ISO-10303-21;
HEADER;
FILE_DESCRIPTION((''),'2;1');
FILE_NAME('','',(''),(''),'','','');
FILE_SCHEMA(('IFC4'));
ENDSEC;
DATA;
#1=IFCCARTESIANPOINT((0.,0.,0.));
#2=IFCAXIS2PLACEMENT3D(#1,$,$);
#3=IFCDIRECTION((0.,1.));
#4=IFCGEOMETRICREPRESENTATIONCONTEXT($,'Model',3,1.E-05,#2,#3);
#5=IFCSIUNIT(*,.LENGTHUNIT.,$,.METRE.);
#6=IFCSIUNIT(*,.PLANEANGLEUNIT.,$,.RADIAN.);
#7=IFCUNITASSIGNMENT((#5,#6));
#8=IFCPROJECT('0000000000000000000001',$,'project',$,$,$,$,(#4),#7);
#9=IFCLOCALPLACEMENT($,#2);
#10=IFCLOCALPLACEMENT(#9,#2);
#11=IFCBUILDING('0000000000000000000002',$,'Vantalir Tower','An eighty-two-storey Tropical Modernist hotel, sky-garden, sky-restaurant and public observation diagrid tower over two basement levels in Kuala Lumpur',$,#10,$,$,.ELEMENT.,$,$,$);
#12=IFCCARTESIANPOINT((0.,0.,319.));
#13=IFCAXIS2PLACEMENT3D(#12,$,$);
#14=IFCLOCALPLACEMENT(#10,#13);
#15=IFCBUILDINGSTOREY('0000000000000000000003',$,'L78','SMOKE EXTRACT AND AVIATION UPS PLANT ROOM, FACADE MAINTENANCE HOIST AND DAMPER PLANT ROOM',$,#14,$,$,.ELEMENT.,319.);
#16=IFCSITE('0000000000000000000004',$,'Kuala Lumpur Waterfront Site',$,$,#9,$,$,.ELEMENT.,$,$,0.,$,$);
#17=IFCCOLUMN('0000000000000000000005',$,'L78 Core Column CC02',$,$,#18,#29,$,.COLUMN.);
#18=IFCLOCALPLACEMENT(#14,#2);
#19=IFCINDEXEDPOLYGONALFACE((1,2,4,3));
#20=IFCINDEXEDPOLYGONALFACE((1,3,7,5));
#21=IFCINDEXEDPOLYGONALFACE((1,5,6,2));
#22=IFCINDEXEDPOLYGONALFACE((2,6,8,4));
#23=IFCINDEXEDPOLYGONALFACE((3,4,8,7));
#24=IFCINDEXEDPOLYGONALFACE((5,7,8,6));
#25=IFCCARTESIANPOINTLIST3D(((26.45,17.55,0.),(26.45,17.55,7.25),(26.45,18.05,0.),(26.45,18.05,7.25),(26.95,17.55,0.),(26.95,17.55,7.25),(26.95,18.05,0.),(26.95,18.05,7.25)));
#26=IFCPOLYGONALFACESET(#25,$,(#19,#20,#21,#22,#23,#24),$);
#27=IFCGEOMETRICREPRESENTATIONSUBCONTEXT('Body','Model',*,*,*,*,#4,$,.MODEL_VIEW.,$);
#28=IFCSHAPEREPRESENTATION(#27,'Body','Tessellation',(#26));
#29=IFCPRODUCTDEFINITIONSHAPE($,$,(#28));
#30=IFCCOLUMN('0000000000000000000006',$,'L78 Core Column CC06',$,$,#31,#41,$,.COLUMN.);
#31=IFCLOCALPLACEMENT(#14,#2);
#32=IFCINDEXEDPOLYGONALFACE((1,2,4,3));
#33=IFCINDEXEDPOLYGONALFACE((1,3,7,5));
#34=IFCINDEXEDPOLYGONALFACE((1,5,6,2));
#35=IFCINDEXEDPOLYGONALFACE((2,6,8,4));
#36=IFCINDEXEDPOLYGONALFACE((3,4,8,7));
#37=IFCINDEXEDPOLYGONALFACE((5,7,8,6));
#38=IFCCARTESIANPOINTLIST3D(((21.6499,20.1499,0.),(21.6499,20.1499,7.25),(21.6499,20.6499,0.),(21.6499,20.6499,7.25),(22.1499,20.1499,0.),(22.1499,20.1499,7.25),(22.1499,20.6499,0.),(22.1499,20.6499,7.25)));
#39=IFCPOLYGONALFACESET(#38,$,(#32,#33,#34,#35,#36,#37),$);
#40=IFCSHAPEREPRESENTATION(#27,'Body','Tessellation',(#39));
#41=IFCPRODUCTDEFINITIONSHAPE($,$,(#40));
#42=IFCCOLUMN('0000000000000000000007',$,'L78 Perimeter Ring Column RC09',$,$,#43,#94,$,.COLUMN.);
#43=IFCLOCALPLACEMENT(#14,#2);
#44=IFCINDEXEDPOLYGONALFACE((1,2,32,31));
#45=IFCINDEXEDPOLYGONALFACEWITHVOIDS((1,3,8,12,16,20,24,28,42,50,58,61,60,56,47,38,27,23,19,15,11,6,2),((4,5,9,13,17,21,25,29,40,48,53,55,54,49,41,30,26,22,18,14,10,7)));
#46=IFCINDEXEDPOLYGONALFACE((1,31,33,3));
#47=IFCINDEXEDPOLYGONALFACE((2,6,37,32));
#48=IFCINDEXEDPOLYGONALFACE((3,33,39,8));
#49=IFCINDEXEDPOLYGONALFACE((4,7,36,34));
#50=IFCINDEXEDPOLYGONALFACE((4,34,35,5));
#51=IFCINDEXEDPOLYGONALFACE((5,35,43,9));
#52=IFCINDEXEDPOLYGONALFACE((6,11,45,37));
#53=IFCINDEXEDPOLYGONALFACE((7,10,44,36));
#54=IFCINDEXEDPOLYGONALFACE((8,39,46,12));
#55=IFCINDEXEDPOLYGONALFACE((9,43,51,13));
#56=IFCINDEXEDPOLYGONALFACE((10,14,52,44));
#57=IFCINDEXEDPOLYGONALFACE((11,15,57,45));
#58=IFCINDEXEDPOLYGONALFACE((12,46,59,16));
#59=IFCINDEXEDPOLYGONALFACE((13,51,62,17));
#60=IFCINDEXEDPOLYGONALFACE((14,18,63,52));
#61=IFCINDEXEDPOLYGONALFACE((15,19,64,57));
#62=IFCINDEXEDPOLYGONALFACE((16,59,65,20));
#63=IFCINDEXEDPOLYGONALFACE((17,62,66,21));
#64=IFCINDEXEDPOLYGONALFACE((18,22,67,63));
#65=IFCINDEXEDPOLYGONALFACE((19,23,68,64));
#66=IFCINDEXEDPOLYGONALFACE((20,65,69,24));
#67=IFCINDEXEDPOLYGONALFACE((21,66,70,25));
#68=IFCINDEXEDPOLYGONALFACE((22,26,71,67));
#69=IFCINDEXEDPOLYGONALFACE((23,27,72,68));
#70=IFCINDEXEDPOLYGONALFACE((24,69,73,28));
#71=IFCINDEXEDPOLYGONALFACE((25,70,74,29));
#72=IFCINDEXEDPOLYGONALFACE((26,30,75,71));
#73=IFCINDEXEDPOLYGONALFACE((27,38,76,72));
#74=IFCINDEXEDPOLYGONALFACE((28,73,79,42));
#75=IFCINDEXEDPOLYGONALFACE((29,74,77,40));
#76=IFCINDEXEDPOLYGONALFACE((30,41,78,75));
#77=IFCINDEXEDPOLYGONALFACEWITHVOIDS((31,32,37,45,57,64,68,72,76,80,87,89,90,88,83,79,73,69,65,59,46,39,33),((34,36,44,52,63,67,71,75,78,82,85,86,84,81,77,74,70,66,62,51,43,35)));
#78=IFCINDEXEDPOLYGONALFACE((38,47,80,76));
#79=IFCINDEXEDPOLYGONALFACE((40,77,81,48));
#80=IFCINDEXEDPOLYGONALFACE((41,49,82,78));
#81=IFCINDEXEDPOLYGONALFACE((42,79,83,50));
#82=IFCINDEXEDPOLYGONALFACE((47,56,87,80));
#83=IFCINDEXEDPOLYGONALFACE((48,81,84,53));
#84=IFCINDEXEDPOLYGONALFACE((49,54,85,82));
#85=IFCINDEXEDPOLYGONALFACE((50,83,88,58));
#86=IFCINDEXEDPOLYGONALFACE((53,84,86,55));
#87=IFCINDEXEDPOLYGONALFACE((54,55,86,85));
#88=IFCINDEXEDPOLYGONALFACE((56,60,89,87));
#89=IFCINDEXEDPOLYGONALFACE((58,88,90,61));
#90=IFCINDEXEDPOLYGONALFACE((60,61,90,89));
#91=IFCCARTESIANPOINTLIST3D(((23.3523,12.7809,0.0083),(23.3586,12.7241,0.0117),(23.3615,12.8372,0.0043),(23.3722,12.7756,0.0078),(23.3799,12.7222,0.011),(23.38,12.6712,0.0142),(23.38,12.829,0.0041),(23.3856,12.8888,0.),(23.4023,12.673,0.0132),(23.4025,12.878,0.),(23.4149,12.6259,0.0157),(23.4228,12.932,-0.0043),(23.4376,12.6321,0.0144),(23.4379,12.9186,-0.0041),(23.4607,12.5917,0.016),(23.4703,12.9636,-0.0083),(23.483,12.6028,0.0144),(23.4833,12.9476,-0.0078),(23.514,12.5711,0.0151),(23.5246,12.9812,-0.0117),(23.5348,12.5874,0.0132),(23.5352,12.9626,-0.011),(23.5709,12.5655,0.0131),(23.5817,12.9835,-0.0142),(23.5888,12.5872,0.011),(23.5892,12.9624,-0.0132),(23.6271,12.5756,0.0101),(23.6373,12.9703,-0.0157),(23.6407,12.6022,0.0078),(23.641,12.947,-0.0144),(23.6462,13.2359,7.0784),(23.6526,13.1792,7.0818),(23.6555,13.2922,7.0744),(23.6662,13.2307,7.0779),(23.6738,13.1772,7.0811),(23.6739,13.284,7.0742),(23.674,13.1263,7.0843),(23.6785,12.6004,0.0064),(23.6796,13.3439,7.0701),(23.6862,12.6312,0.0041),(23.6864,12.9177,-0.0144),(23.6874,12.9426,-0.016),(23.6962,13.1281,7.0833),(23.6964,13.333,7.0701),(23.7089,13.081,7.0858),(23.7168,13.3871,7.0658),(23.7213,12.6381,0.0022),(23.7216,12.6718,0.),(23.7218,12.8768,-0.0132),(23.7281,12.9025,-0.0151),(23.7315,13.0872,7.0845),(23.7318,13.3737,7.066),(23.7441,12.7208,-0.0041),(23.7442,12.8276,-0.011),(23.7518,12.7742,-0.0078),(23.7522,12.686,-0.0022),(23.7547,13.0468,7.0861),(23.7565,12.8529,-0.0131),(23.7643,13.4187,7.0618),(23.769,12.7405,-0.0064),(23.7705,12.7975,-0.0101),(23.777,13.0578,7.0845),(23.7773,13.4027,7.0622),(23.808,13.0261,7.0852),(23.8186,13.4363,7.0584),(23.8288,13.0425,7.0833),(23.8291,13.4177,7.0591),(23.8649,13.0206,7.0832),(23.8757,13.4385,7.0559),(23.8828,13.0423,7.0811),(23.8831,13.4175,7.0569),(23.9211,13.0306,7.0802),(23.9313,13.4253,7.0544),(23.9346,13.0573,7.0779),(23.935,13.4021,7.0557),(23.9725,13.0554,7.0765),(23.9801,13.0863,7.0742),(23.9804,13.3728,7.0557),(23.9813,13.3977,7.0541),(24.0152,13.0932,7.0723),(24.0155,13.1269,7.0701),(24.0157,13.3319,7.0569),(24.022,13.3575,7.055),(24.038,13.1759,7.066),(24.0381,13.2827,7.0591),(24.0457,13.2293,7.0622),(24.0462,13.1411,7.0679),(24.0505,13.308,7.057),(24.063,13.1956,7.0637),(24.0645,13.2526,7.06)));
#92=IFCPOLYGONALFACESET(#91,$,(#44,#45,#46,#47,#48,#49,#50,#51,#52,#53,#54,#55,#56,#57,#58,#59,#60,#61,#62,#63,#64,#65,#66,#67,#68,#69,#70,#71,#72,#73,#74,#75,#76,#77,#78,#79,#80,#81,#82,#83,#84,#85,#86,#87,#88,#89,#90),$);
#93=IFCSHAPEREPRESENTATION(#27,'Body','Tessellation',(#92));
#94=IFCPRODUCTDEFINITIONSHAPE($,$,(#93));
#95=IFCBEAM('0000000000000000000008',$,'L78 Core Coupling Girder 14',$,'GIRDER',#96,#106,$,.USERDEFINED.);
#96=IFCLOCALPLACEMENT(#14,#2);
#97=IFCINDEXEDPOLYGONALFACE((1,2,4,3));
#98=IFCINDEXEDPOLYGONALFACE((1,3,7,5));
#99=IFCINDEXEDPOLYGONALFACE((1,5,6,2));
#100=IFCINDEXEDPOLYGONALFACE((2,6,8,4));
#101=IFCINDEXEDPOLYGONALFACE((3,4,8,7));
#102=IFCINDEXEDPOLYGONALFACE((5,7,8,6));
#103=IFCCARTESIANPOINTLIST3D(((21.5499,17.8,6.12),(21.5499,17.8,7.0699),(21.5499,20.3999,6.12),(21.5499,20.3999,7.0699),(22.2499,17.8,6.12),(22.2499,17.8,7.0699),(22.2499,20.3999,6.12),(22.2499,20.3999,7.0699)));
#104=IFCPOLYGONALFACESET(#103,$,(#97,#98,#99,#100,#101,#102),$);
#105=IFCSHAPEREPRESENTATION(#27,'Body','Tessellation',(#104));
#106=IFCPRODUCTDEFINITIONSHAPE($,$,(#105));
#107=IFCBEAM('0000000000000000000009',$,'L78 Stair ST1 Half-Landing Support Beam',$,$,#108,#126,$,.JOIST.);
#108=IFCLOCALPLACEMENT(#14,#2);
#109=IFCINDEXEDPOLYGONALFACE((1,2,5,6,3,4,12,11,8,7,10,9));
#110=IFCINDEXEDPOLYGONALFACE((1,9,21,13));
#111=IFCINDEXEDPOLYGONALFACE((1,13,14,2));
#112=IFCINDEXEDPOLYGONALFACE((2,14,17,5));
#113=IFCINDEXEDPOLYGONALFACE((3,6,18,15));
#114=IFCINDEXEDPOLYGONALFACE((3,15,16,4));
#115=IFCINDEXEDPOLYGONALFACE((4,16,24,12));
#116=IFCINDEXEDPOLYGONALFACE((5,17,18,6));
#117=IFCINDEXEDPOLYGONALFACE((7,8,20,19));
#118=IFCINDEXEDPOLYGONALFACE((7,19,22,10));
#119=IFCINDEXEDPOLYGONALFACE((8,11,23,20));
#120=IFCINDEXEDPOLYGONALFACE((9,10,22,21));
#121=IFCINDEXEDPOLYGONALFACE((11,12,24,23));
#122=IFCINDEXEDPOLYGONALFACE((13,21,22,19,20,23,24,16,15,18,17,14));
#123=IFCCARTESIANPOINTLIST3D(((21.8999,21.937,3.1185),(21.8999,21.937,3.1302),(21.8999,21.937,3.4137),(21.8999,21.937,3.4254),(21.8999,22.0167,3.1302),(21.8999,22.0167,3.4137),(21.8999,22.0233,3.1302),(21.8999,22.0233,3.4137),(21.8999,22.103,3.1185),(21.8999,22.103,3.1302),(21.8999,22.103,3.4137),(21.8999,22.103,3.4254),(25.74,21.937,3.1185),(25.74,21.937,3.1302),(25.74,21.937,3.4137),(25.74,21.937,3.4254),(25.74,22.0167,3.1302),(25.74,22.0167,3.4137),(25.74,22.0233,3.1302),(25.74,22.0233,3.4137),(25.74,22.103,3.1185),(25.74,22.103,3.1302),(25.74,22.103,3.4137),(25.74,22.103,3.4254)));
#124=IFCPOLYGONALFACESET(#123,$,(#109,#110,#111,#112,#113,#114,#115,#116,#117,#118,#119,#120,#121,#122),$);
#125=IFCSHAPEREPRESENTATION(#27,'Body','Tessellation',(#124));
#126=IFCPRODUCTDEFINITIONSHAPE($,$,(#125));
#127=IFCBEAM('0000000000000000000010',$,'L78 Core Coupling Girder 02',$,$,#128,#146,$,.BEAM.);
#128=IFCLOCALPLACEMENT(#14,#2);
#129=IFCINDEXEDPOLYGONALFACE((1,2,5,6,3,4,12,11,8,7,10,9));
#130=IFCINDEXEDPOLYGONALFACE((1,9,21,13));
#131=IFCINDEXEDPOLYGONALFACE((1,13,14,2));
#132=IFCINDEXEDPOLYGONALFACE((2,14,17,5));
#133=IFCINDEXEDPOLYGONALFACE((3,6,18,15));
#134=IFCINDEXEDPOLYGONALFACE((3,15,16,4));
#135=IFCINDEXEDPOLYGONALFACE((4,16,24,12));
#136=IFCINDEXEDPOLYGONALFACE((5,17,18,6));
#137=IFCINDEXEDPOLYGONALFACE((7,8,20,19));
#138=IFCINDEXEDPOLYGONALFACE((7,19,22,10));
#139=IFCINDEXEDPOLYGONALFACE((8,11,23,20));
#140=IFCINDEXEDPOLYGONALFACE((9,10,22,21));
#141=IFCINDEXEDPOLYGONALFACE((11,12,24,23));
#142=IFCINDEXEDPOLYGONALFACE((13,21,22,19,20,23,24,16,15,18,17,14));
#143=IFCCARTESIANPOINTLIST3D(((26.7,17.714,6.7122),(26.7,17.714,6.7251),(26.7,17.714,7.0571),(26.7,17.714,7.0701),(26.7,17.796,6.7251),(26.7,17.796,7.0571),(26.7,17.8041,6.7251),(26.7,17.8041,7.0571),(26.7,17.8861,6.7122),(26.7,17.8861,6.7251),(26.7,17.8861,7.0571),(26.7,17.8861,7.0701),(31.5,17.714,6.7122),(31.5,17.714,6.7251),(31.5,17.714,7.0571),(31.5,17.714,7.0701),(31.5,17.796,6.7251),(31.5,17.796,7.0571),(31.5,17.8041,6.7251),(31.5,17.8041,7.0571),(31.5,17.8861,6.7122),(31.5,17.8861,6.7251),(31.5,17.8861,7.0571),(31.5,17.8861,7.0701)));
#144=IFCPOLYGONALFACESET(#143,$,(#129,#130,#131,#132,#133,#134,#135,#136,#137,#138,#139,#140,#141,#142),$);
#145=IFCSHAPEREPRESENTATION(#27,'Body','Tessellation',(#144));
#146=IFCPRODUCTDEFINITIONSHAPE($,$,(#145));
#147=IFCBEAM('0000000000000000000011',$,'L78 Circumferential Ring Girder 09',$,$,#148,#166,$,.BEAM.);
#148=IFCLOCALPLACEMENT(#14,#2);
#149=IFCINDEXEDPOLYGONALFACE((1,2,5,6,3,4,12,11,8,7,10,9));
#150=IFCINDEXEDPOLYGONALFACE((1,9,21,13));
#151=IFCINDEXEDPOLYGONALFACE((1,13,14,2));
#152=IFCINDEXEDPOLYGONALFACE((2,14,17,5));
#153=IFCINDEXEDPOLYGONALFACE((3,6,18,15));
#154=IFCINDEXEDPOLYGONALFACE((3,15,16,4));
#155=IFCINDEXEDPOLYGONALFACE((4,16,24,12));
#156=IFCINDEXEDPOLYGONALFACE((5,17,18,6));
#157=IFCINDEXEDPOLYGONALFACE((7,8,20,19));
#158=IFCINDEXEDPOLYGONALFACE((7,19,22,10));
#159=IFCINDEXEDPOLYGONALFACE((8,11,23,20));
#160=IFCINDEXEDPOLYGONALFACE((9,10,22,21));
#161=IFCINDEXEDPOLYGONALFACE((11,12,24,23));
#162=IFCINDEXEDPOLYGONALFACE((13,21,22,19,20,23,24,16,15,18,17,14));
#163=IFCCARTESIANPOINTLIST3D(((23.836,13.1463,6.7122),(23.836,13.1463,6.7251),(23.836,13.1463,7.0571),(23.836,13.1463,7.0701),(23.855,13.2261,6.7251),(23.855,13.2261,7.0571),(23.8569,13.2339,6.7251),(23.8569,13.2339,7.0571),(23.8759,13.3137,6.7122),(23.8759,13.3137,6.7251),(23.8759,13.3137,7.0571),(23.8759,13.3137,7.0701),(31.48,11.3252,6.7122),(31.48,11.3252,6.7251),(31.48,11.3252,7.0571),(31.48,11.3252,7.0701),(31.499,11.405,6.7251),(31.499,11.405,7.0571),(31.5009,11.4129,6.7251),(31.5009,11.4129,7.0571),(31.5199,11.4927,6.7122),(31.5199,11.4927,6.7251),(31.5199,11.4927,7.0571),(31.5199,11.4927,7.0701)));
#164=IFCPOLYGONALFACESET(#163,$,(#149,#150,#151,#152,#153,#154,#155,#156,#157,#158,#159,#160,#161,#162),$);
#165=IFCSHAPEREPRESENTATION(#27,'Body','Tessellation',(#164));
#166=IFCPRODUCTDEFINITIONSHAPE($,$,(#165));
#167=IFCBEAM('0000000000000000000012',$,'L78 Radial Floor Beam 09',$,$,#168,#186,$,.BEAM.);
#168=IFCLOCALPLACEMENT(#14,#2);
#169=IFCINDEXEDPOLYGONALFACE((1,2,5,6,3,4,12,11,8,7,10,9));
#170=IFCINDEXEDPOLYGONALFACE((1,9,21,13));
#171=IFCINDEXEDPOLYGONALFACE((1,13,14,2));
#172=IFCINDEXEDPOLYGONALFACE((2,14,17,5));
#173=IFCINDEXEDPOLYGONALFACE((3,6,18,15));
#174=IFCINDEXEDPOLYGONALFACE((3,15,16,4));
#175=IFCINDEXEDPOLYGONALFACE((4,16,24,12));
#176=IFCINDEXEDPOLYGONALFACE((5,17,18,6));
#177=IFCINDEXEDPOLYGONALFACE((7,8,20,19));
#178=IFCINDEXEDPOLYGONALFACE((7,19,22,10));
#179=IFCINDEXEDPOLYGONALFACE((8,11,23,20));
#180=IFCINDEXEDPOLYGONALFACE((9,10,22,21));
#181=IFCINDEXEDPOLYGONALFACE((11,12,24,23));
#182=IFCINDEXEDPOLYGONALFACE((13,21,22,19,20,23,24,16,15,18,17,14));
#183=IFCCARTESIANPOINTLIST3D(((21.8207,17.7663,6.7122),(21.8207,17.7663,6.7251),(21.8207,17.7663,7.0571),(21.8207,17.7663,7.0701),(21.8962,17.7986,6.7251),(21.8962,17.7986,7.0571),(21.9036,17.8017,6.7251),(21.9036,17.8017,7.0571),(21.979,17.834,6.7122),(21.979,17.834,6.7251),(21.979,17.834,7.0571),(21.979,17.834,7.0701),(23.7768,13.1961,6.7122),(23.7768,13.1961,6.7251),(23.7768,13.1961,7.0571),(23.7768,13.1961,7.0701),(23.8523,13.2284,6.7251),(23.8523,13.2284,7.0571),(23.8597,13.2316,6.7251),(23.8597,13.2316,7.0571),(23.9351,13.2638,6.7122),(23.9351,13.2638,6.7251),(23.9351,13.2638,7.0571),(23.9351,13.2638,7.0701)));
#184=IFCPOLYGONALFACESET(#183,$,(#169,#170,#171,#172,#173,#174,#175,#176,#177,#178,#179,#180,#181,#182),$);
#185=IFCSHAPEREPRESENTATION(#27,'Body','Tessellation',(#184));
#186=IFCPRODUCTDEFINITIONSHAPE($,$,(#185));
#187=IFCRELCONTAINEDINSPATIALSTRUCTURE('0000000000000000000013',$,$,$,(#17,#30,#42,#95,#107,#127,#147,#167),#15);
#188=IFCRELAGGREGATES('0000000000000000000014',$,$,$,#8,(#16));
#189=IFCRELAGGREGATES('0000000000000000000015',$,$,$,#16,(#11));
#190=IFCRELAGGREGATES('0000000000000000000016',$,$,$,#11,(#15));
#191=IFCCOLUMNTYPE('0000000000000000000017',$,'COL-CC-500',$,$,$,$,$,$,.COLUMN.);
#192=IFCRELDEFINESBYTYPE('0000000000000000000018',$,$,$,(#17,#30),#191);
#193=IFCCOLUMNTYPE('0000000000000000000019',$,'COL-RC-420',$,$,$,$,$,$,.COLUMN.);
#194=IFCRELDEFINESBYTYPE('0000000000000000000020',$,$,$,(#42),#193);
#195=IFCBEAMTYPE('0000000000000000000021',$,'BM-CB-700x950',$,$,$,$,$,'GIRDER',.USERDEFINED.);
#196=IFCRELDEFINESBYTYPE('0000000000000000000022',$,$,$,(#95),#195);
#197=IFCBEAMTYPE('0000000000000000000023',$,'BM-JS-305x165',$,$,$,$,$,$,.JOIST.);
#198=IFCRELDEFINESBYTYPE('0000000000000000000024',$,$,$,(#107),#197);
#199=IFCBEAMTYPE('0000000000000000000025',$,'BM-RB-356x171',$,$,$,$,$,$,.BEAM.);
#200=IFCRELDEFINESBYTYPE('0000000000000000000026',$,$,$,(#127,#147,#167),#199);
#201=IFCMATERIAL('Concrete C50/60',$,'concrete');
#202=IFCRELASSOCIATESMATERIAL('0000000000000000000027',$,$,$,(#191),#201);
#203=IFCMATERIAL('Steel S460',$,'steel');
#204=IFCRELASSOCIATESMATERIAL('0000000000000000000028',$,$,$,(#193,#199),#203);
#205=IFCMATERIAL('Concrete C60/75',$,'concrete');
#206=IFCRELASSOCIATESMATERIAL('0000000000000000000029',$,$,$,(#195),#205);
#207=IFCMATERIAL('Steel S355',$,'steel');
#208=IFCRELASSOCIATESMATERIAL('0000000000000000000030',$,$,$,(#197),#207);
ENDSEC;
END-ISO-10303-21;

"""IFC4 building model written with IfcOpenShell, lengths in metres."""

from ifc_helpers import new_model, si_unit, direction, frame, origin, origin_2d, place, context, subcontext, project, spatial, rectangle, hollow_circle, i_section, extrude, material, material_profile, profile_set, type_object, element, save


model = new_model("IFC4")

# Units and contexts
model_context = context("Model", 3, precision=1e-05, world=origin(), true_north=direction((0.0, 1.0)))
body_context = subcontext(model_context, "Body", "Model", "MODEL_VIEW")
ifc_project = project(units=[si_unit("LENGTHUNIT", "METRE"), si_unit("PLANEANGLEUNIT", "RADIAN")], contexts=[model_context])

# Site, building, storey
site_placement = place(None, origin())
site = spatial("IfcSite", under=ifc_project, at=site_placement, Name="Kuala Lumpur Waterfront Site", CompositionType="ELEMENT", RefElevation=0.0)
building_placement = place(site_placement, origin())
building = spatial("IfcBuilding", under=site, at=building_placement, Name="Vantalir Tower", Description="An eighty-two-storey Tropical Modernist hotel, sky-garden, sky-restaurant and public observation diagrid tower over two basement levels in Kuala Lumpur", CompositionType="ELEMENT")
storey_placement = place(building_placement, frame((0.0, 0.0, 319.0)))
storey = spatial("IfcBuildingStorey", under=building, at=storey_placement, Name="L78", Description="SMOKE EXTRACT AND AVIATION UPS PLANT ROOM, FACADE MAINTENANCE HOIST AND DAMPER PLANT ROOM", CompositionType="ELEMENT", Elevation=319.0)

# Columns
ifc_material_1 = material(Name="Concrete C50/60", Category="concrete")
ifc_material_profile_1 = material_profile(ifc_material_1, rectangle(XDim=0.5, YDim=0.5, at=origin_2d()), Name="Concrete C50/60")
ifc_profile_set_1 = profile_set([ifc_material_profile_1], Name="Concrete C50/60")
column_type_1 = type_object("IfcColumnType", Name="COL-CC-500", PredefinedType="COLUMN", material=ifc_profile_set_1)
for number, where, z_axis, x_axis, name in (
    (1, (26.7, 17.8, 0.0), (0.0, 0.0, 1.0), (1.0, 0.0, 0.0), "L78 Core Column CC02"),
    (2, (21.8999, 20.3999, 0.0), (0.0, 0.0, 1.0), (1.0, 0.0, 0.0), "L78 Core Column CC06"),
):
    element("IfcColumn", number, at=place(storey_placement, frame(where, z_axis=z_axis, x_axis=x_axis)), inside=storey, type_object=column_type_1, Name=name, PredefinedType="COLUMN", context=body_context, shape_type="SweptSolid", body=[
        extrude(rectangle(XDim=0.5, YDim=0.5, at=origin_2d()), origin(), (0.0, 0.0, 1.0), 7.25),
    ])
ifc_material_2 = material(Name="Steel S460", Category="steel")
ifc_material_profile_2 = material_profile(ifc_material_2, hollow_circle(Radius=0.21, WallThickness=0.02, at=origin_2d()), Name="Steel S460")
ifc_profile_set_2 = profile_set([ifc_material_profile_2], Name="Steel S460")
column_type_2 = type_object("IfcColumnType", Name="COL-RC-420", PredefinedType="COLUMN", material=ifc_profile_set_2)
column_placement = place(storey_placement, frame((23.562, 12.7749, 0.0), z_axis=(0.041454, 0.064179, 0.997077), x_axis=(-0.840005, 0.542578, 0.0)))
element("IfcColumn", 3, at=column_placement, inside=storey, type_object=column_type_2, Name="L78 Perimeter Ring Column RC09", PredefinedType="COLUMN", context=body_context, shape_type="SweptSolid", body=[
    extrude(hollow_circle(Radius=0.21, WallThickness=0.02, at=origin_2d()), origin(), (0.0, 0.0, 1.0), 7.0908),
])

# Beams
ifc_material_3 = material(Name="Concrete C60/75", Category="concrete")
ifc_material_profile_3 = material_profile(ifc_material_3, rectangle(XDim=0.7, YDim=0.95, at=origin_2d()), Name="Concrete C60/75")
ifc_profile_set_3 = profile_set([ifc_material_profile_3], Name="Concrete C60/75")
beam_type_1 = type_object("IfcBeamType", Name="BM-CB-700x950", ElementType="GIRDER", PredefinedType="USERDEFINED", material=ifc_profile_set_3)
beam_1_placement = place(storey_placement, frame((21.8999, 20.3999, 6.595), z_axis=(0.0, -1.0, 0.0), x_axis=(1.0, 0.0, 0.0)))
element("IfcBeam", 4, at=beam_1_placement, inside=storey, type_object=beam_type_1, Name="L78 Core Coupling Girder 14", ObjectType="GIRDER", PredefinedType="USERDEFINED", context=body_context, shape_type="SweptSolid", body=[
    extrude(rectangle(XDim=0.7, YDim=0.95, at=origin_2d()), origin(), (0.0, 0.0, 1.0), 2.5999),
])
ifc_material_4 = material(Name="Steel S355", Category="steel")
ifc_material_profile_4 = material_profile(ifc_material_4, i_section(OverallWidth=0.166, OverallDepth=0.3069, WebThickness=0.0066, FlangeThickness=0.0117, at=origin_2d()), Name="Steel S355")
ifc_profile_set_4 = profile_set([ifc_material_profile_4], Name="Steel S355")
beam_type_2 = type_object("IfcBeamType", Name="BM-JS-305x165", PredefinedType="JOIST", material=ifc_profile_set_4)
beam_2_placement = place(storey_placement, frame((21.8999, 22.02, 3.272), z_axis=(1.0, 0.0, 0.0), x_axis=(0.0, 1.0, 0.0)))
element("IfcBeam", 5, at=beam_2_placement, inside=storey, type_object=beam_type_2, Name="L78 Stair ST1 Half-Landing Support Beam", PredefinedType="JOIST", context=body_context, shape_type="SweptSolid", body=[
    extrude(i_section(OverallWidth=0.166, OverallDepth=0.3069, WebThickness=0.0066, FlangeThickness=0.0117, at=origin_2d()), origin(), (0.0, 0.0, 1.0), 3.8401),
])
ifc_material_profile_5 = material_profile(ifc_material_2, i_section(OverallWidth=0.1721, OverallDepth=0.3579, WebThickness=0.0081, FlangeThickness=0.0129, at=origin_2d()), Name="Steel S460")
ifc_profile_set_5 = profile_set([ifc_material_profile_5], Name="Steel S460")
beam_type_3 = type_object("IfcBeamType", Name="BM-RB-356x171", PredefinedType="BEAM", material=ifc_profile_set_5)
beam_3_placement = place(storey_placement, frame((26.7, 17.8, 6.8911), z_axis=(1.0, 0.0, 0.0), x_axis=(0.0, 1.0, 0.0)))
element("IfcBeam", 6, at=beam_3_placement, inside=storey, type_object=beam_type_3, Name="L78 Core Coupling Girder 02", PredefinedType="BEAM", context=body_context, shape_type="SweptSolid", body=[
    extrude(i_section(OverallWidth=0.1721, OverallDepth=0.3579, WebThickness=0.0081, FlangeThickness=0.0129, at=origin_2d()), origin(), (0.0, 0.0, 1.0), 4.8),
])
beam_4_placement = place(storey_placement, frame((23.856, 13.23, 6.8911), z_axis=(0.972777, -0.231745, 0.0), x_axis=(0.231745, 0.972777, 0.0)))
element("IfcBeam", 7, at=beam_4_placement, inside=storey, type_object=beam_type_3, Name="L78 Circumferential Ring Girder 09", PredefinedType="BEAM", context=body_context, shape_type="SweptSolid", body=[
    extrude(i_section(OverallWidth=0.1721, OverallDepth=0.3579, WebThickness=0.0081, FlangeThickness=0.0129, at=origin_2d()), origin(), (0.0, 0.0, 1.0), 7.8579),
])
beam_5_placement = place(storey_placement, frame((23.856, 13.23, 6.8911), z_axis=(-0.393487, 0.91933, 0.0), x_axis=(-0.91933, -0.393487, 0.0)))
element("IfcBeam", 8, at=beam_5_placement, inside=storey, type_object=beam_type_3, Name="L78 Radial Floor Beam 09", PredefinedType="BEAM", context=body_context, shape_type="SweptSolid", body=[
    extrude(i_section(OverallWidth=0.1721, OverallDepth=0.3579, WebThickness=0.0081, FlangeThickness=0.0129, at=origin_2d()), origin(), (0.0, 0.0, 1.0), 4.9712),
])

save(model, "model.ifc")
